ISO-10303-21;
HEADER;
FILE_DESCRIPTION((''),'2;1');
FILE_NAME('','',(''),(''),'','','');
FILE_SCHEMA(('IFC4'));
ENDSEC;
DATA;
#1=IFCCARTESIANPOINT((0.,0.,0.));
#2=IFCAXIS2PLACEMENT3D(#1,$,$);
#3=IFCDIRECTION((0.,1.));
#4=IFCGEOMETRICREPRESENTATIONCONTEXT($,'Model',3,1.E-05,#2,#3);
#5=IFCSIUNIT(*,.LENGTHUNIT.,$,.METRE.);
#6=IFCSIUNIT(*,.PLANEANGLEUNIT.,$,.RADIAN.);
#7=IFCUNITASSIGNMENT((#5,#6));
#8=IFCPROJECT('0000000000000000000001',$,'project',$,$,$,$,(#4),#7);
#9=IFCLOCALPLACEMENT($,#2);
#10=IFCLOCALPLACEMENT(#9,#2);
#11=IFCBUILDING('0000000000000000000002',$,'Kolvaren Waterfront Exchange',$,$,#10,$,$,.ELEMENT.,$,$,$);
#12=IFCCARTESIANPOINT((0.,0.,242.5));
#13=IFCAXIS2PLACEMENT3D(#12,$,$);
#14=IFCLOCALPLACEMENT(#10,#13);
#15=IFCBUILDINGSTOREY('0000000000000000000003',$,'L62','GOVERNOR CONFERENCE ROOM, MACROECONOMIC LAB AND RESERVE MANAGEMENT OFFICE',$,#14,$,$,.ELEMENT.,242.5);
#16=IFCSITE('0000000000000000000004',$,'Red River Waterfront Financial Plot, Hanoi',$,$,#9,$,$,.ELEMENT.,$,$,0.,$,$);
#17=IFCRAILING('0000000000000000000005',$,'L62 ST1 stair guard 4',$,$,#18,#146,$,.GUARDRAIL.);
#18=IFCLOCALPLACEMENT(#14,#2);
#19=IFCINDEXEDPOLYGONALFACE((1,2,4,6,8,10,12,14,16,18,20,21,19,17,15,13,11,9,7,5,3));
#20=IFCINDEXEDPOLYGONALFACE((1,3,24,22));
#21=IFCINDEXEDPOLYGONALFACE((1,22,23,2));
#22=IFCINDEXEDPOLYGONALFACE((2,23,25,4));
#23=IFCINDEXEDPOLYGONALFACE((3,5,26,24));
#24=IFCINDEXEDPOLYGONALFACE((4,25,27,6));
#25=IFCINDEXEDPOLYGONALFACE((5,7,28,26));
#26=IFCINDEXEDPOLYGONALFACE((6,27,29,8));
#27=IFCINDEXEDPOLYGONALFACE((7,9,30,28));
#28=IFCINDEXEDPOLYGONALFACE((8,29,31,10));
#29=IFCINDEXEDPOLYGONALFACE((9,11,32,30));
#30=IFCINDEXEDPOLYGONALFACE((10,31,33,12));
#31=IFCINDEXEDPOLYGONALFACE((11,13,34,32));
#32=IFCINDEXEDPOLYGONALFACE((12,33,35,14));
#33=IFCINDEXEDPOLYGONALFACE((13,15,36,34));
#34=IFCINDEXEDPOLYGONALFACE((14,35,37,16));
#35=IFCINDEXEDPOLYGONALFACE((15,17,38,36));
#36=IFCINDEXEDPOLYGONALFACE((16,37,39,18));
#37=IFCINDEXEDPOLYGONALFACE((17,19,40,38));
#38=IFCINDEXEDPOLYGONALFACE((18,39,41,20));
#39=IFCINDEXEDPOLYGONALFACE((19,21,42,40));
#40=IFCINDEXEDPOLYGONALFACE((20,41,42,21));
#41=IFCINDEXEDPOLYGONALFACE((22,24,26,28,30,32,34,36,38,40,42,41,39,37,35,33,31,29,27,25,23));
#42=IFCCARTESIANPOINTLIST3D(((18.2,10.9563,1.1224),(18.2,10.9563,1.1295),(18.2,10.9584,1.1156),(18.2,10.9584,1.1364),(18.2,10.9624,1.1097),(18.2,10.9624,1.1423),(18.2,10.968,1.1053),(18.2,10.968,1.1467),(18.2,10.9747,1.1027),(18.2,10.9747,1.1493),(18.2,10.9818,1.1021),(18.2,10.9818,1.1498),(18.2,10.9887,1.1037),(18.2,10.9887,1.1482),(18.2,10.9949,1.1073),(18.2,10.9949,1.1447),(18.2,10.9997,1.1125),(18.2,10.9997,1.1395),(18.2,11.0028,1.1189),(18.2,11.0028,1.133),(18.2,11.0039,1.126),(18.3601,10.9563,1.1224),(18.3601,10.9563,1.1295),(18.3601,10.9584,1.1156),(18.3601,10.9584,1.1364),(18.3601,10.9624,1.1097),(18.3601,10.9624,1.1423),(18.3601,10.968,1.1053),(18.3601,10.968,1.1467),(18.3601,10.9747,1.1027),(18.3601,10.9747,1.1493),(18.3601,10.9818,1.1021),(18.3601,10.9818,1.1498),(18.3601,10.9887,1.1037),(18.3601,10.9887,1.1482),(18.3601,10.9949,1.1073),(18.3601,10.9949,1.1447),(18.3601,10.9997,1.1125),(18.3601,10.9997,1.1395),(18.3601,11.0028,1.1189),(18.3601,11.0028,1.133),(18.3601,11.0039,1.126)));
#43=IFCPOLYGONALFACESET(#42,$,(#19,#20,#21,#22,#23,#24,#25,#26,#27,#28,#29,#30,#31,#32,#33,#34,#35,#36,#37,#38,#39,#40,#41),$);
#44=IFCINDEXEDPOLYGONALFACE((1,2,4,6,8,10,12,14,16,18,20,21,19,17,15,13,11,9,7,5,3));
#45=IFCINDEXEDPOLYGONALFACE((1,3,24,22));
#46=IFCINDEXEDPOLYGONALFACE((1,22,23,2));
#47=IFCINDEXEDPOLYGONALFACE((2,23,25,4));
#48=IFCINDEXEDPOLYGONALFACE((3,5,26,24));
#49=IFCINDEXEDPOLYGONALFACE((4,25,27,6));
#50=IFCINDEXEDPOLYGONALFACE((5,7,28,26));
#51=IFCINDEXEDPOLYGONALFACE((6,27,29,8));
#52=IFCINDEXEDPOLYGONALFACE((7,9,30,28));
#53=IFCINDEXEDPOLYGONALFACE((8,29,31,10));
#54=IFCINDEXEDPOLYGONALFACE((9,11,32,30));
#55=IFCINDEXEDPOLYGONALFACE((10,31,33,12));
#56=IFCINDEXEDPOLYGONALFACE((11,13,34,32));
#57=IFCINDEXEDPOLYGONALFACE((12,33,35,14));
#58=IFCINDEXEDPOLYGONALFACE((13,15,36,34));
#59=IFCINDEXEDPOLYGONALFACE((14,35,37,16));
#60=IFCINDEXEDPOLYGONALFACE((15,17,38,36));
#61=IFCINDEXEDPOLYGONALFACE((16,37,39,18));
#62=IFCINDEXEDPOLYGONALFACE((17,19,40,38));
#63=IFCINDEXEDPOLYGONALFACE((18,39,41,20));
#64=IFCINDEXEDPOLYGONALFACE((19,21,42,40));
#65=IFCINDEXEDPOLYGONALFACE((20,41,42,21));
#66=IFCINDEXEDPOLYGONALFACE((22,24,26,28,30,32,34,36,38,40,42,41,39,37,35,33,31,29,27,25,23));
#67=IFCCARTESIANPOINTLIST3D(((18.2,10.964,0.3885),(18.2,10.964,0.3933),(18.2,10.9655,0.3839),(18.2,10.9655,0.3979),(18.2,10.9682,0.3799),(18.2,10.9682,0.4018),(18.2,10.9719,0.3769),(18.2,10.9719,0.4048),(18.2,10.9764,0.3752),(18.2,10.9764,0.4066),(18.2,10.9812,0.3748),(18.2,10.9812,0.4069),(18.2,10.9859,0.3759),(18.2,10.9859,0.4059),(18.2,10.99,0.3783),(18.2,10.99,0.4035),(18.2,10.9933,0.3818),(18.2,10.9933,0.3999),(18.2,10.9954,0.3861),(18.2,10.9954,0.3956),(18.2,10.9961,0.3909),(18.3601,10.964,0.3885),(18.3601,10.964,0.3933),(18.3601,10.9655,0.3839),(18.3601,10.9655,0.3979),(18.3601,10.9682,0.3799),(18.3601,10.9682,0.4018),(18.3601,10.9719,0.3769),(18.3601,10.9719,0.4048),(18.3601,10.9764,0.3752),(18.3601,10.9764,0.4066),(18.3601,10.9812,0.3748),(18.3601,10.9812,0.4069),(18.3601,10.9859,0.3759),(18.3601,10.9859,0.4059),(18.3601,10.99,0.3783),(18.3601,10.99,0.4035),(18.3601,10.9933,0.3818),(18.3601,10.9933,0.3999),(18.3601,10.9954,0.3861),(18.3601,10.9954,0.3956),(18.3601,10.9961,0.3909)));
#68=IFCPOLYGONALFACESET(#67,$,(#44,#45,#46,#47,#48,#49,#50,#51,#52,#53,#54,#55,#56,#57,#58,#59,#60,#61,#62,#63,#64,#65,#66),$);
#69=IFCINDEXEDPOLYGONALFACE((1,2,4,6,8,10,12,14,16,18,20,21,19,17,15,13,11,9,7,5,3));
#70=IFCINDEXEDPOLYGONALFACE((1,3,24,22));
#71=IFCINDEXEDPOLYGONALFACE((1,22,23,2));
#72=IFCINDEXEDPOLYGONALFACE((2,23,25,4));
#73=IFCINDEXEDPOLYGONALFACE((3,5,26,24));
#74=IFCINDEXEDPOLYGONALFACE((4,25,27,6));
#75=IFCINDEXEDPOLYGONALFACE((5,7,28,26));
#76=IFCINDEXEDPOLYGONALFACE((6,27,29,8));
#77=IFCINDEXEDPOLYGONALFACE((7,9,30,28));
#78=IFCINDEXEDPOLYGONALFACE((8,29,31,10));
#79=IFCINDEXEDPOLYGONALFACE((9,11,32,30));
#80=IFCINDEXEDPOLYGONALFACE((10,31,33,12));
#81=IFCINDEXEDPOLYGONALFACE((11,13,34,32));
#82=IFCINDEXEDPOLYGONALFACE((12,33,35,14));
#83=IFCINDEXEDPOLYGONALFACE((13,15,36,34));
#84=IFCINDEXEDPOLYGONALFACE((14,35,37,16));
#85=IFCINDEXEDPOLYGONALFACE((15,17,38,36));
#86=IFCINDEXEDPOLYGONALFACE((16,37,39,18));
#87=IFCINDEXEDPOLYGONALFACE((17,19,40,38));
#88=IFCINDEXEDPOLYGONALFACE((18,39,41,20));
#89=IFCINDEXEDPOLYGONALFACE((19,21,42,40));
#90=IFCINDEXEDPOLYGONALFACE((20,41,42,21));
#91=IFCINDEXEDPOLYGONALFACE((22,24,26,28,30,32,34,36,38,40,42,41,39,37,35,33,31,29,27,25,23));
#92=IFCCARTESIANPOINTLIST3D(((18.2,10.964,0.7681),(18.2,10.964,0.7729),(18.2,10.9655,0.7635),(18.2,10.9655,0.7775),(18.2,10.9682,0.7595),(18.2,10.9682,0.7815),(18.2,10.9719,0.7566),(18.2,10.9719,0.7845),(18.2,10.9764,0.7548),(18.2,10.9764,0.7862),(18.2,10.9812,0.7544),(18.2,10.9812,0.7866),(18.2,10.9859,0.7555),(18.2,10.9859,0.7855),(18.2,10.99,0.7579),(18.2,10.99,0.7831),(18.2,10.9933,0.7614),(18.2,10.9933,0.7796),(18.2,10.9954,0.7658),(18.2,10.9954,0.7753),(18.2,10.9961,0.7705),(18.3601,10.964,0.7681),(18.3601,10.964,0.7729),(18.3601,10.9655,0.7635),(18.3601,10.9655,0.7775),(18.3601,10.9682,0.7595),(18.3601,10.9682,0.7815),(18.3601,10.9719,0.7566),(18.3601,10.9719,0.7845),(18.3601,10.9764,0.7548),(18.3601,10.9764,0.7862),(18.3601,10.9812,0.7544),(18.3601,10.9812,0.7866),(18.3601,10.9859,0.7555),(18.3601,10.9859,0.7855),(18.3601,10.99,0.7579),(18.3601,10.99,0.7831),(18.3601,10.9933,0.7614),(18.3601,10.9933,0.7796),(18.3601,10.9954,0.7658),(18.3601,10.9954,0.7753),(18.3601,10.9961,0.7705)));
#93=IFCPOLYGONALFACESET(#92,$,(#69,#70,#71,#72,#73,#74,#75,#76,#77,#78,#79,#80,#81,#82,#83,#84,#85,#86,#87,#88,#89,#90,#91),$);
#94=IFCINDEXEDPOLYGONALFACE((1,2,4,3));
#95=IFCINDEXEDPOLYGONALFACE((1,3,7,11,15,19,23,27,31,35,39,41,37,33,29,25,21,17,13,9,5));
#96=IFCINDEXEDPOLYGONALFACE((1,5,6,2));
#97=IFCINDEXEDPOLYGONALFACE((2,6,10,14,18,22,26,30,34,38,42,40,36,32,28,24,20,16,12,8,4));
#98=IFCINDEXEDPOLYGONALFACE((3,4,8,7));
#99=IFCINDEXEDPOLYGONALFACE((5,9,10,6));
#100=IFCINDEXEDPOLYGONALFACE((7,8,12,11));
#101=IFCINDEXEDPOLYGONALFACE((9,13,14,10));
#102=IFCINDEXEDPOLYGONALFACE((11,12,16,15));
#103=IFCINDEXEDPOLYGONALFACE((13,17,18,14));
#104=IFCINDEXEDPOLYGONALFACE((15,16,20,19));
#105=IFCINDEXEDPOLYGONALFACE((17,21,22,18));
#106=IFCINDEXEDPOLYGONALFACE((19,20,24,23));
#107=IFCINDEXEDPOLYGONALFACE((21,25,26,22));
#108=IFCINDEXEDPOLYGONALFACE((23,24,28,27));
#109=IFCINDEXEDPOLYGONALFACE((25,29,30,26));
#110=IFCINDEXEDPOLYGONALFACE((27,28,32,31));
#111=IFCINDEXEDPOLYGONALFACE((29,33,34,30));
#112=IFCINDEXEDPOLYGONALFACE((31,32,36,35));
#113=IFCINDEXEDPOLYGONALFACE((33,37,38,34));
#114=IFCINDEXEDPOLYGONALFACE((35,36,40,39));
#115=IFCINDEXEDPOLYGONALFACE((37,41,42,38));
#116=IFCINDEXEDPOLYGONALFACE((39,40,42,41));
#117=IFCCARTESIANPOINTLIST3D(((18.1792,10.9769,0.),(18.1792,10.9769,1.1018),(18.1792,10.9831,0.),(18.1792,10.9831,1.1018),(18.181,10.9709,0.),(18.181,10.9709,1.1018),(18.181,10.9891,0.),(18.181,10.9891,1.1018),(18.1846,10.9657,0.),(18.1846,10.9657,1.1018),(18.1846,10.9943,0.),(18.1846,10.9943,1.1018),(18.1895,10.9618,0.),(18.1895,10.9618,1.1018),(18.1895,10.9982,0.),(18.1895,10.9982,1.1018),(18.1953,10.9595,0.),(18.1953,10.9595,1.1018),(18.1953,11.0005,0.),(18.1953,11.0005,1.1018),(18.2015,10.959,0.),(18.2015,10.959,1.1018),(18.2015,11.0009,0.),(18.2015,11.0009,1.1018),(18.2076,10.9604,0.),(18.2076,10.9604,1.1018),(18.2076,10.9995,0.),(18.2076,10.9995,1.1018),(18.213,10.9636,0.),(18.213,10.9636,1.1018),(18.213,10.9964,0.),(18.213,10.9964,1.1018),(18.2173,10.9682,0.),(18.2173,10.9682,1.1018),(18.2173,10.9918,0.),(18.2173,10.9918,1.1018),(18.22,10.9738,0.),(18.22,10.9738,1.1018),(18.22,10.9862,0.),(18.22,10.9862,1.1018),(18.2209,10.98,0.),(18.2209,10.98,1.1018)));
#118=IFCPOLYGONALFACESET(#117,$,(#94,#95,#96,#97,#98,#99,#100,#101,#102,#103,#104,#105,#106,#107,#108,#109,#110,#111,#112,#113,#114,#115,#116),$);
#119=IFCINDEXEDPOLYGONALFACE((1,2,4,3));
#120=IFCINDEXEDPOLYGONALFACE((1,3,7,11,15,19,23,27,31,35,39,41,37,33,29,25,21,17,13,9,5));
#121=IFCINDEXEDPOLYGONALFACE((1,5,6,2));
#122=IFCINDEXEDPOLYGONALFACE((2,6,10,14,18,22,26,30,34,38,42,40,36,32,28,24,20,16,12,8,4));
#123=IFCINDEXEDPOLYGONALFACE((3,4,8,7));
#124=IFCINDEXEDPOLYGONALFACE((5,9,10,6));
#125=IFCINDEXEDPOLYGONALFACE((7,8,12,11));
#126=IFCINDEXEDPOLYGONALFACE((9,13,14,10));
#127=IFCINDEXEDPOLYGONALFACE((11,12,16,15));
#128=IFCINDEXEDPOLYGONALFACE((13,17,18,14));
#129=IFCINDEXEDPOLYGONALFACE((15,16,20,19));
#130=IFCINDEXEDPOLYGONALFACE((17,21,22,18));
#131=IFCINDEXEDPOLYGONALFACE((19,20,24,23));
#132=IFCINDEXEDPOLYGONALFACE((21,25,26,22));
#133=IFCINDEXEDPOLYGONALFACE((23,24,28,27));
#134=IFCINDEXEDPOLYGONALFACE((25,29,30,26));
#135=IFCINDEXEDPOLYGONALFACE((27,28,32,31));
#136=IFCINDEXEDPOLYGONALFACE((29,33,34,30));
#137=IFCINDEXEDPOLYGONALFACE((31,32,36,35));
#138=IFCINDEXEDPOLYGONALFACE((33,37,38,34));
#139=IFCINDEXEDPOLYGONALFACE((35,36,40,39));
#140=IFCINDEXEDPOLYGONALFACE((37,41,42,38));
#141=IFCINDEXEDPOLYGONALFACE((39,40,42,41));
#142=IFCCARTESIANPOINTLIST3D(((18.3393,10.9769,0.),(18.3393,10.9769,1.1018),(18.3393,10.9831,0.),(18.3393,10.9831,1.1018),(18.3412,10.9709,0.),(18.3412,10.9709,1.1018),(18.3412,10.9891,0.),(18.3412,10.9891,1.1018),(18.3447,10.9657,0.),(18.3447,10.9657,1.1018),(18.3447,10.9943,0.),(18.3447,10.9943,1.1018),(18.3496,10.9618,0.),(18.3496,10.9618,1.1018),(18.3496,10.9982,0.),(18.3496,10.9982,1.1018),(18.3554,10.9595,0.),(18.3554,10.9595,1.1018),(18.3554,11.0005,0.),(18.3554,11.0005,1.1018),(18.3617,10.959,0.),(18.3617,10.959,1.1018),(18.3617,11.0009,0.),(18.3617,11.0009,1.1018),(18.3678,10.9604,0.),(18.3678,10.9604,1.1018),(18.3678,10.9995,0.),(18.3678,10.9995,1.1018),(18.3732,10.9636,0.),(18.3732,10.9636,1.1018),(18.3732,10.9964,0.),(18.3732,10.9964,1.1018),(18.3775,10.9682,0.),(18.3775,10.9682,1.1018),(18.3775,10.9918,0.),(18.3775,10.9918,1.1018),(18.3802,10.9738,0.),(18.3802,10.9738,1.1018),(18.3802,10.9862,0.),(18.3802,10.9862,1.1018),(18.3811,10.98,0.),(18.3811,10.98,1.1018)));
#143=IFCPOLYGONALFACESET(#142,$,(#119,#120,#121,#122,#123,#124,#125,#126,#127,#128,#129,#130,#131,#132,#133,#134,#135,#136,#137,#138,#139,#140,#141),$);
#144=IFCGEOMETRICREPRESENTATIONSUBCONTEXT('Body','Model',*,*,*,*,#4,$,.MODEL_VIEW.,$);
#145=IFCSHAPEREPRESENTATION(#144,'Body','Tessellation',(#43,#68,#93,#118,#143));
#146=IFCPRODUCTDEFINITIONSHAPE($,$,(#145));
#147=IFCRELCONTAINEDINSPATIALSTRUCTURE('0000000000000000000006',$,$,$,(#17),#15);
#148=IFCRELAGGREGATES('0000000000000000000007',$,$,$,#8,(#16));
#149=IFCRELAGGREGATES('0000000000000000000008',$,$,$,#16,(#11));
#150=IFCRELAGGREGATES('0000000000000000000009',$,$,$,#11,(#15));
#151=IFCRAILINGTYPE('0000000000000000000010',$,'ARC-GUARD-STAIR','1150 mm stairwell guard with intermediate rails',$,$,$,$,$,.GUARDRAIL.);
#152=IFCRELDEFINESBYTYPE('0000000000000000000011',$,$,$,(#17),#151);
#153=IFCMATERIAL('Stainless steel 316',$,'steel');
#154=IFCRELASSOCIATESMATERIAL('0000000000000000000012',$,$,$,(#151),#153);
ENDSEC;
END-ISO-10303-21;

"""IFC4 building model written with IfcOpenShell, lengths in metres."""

from ifc_helpers import new_model, si_unit, direction, frame, origin, origin_2d, place, context, subcontext, project, spatial, circle, extrude, material, type_object, element, save


model = new_model("IFC4")

# Units and contexts
model_context = context("Model", 3, precision=1e-05, world=origin(), true_north=direction((0.0, 1.0)))
body_context = subcontext(model_context, "Body", "Model", "MODEL_VIEW")
ifc_project = project(units=[si_unit("LENGTHUNIT", "METRE"), si_unit("PLANEANGLEUNIT", "RADIAN")], contexts=[model_context])

# Site, building, storey
site_placement = place(None, origin())
site = spatial("IfcSite", under=ifc_project, at=site_placement, Name="Red River Waterfront Financial Plot, Hanoi", CompositionType="ELEMENT", RefElevation=0.0)
building_placement = place(site_placement, origin())
building = spatial("IfcBuilding", under=site, at=building_placement, Name="Kolvaren Waterfront Exchange", CompositionType="ELEMENT")
storey_placement = place(building_placement, frame((0.0, 0.0, 242.5)))
storey = spatial("IfcBuildingStorey", under=building, at=storey_placement, Name="L62", Description="GOVERNOR CONFERENCE ROOM, MACROECONOMIC LAB AND RESERVE MANAGEMENT OFFICE", CompositionType="ELEMENT", Elevation=242.5)

# Railing
ifc_material_1 = material(Name="Stainless steel 316", Category="steel")
railing_type_1 = type_object("IfcRailingType", Name="ARC-GUARD-STAIR", Description="1150 mm stairwell guard with intermediate rails", PredefinedType="GUARDRAIL", material=ifc_material_1)
railing_1_placement = place(storey_placement, frame((18.2, 10.98, 0.0)))
element("IfcRailing", 1, at=railing_1_placement, inside=storey, type_object=railing_type_1, Name="L62 ST1 stair guard 4", PredefinedType="GUARDRAIL", context=body_context, shape_type="SweptSolid", body=[
    extrude(circle(Radius=0.0239, at=origin_2d()), frame((0.0, 0.0, 1.126), z_axis=(1.0, 0.0, 0.0), x_axis=(0.0, 1.0, 0.0)), (0.0, 0.0, 1.0), 0.1602),
    extrude(circle(Radius=0.0161, at=origin_2d()), frame((0.0, 0.0, 0.3909), z_axis=(1.0, 0.0, 0.0), x_axis=(0.0, 1.0, 0.0)), (0.0, 0.0, 1.0), 0.1602),
    extrude(circle(Radius=0.0161, at=origin_2d()), frame((0.0, 0.0, 0.7705), z_axis=(1.0, 0.0, 0.0), x_axis=(0.0, 1.0, 0.0)), (0.0, 0.0, 1.0), 0.1602),
    extrude(circle(Radius=0.021, at=origin_2d()), origin(), (0.0, 0.0, 1.0), 1.1018),
    extrude(circle(Radius=0.021, at=origin_2d()), frame((0.1602, 0.0, 0.0)), (0.0, 0.0, 1.0), 1.1018),
])

save(model, "model.ifc")
